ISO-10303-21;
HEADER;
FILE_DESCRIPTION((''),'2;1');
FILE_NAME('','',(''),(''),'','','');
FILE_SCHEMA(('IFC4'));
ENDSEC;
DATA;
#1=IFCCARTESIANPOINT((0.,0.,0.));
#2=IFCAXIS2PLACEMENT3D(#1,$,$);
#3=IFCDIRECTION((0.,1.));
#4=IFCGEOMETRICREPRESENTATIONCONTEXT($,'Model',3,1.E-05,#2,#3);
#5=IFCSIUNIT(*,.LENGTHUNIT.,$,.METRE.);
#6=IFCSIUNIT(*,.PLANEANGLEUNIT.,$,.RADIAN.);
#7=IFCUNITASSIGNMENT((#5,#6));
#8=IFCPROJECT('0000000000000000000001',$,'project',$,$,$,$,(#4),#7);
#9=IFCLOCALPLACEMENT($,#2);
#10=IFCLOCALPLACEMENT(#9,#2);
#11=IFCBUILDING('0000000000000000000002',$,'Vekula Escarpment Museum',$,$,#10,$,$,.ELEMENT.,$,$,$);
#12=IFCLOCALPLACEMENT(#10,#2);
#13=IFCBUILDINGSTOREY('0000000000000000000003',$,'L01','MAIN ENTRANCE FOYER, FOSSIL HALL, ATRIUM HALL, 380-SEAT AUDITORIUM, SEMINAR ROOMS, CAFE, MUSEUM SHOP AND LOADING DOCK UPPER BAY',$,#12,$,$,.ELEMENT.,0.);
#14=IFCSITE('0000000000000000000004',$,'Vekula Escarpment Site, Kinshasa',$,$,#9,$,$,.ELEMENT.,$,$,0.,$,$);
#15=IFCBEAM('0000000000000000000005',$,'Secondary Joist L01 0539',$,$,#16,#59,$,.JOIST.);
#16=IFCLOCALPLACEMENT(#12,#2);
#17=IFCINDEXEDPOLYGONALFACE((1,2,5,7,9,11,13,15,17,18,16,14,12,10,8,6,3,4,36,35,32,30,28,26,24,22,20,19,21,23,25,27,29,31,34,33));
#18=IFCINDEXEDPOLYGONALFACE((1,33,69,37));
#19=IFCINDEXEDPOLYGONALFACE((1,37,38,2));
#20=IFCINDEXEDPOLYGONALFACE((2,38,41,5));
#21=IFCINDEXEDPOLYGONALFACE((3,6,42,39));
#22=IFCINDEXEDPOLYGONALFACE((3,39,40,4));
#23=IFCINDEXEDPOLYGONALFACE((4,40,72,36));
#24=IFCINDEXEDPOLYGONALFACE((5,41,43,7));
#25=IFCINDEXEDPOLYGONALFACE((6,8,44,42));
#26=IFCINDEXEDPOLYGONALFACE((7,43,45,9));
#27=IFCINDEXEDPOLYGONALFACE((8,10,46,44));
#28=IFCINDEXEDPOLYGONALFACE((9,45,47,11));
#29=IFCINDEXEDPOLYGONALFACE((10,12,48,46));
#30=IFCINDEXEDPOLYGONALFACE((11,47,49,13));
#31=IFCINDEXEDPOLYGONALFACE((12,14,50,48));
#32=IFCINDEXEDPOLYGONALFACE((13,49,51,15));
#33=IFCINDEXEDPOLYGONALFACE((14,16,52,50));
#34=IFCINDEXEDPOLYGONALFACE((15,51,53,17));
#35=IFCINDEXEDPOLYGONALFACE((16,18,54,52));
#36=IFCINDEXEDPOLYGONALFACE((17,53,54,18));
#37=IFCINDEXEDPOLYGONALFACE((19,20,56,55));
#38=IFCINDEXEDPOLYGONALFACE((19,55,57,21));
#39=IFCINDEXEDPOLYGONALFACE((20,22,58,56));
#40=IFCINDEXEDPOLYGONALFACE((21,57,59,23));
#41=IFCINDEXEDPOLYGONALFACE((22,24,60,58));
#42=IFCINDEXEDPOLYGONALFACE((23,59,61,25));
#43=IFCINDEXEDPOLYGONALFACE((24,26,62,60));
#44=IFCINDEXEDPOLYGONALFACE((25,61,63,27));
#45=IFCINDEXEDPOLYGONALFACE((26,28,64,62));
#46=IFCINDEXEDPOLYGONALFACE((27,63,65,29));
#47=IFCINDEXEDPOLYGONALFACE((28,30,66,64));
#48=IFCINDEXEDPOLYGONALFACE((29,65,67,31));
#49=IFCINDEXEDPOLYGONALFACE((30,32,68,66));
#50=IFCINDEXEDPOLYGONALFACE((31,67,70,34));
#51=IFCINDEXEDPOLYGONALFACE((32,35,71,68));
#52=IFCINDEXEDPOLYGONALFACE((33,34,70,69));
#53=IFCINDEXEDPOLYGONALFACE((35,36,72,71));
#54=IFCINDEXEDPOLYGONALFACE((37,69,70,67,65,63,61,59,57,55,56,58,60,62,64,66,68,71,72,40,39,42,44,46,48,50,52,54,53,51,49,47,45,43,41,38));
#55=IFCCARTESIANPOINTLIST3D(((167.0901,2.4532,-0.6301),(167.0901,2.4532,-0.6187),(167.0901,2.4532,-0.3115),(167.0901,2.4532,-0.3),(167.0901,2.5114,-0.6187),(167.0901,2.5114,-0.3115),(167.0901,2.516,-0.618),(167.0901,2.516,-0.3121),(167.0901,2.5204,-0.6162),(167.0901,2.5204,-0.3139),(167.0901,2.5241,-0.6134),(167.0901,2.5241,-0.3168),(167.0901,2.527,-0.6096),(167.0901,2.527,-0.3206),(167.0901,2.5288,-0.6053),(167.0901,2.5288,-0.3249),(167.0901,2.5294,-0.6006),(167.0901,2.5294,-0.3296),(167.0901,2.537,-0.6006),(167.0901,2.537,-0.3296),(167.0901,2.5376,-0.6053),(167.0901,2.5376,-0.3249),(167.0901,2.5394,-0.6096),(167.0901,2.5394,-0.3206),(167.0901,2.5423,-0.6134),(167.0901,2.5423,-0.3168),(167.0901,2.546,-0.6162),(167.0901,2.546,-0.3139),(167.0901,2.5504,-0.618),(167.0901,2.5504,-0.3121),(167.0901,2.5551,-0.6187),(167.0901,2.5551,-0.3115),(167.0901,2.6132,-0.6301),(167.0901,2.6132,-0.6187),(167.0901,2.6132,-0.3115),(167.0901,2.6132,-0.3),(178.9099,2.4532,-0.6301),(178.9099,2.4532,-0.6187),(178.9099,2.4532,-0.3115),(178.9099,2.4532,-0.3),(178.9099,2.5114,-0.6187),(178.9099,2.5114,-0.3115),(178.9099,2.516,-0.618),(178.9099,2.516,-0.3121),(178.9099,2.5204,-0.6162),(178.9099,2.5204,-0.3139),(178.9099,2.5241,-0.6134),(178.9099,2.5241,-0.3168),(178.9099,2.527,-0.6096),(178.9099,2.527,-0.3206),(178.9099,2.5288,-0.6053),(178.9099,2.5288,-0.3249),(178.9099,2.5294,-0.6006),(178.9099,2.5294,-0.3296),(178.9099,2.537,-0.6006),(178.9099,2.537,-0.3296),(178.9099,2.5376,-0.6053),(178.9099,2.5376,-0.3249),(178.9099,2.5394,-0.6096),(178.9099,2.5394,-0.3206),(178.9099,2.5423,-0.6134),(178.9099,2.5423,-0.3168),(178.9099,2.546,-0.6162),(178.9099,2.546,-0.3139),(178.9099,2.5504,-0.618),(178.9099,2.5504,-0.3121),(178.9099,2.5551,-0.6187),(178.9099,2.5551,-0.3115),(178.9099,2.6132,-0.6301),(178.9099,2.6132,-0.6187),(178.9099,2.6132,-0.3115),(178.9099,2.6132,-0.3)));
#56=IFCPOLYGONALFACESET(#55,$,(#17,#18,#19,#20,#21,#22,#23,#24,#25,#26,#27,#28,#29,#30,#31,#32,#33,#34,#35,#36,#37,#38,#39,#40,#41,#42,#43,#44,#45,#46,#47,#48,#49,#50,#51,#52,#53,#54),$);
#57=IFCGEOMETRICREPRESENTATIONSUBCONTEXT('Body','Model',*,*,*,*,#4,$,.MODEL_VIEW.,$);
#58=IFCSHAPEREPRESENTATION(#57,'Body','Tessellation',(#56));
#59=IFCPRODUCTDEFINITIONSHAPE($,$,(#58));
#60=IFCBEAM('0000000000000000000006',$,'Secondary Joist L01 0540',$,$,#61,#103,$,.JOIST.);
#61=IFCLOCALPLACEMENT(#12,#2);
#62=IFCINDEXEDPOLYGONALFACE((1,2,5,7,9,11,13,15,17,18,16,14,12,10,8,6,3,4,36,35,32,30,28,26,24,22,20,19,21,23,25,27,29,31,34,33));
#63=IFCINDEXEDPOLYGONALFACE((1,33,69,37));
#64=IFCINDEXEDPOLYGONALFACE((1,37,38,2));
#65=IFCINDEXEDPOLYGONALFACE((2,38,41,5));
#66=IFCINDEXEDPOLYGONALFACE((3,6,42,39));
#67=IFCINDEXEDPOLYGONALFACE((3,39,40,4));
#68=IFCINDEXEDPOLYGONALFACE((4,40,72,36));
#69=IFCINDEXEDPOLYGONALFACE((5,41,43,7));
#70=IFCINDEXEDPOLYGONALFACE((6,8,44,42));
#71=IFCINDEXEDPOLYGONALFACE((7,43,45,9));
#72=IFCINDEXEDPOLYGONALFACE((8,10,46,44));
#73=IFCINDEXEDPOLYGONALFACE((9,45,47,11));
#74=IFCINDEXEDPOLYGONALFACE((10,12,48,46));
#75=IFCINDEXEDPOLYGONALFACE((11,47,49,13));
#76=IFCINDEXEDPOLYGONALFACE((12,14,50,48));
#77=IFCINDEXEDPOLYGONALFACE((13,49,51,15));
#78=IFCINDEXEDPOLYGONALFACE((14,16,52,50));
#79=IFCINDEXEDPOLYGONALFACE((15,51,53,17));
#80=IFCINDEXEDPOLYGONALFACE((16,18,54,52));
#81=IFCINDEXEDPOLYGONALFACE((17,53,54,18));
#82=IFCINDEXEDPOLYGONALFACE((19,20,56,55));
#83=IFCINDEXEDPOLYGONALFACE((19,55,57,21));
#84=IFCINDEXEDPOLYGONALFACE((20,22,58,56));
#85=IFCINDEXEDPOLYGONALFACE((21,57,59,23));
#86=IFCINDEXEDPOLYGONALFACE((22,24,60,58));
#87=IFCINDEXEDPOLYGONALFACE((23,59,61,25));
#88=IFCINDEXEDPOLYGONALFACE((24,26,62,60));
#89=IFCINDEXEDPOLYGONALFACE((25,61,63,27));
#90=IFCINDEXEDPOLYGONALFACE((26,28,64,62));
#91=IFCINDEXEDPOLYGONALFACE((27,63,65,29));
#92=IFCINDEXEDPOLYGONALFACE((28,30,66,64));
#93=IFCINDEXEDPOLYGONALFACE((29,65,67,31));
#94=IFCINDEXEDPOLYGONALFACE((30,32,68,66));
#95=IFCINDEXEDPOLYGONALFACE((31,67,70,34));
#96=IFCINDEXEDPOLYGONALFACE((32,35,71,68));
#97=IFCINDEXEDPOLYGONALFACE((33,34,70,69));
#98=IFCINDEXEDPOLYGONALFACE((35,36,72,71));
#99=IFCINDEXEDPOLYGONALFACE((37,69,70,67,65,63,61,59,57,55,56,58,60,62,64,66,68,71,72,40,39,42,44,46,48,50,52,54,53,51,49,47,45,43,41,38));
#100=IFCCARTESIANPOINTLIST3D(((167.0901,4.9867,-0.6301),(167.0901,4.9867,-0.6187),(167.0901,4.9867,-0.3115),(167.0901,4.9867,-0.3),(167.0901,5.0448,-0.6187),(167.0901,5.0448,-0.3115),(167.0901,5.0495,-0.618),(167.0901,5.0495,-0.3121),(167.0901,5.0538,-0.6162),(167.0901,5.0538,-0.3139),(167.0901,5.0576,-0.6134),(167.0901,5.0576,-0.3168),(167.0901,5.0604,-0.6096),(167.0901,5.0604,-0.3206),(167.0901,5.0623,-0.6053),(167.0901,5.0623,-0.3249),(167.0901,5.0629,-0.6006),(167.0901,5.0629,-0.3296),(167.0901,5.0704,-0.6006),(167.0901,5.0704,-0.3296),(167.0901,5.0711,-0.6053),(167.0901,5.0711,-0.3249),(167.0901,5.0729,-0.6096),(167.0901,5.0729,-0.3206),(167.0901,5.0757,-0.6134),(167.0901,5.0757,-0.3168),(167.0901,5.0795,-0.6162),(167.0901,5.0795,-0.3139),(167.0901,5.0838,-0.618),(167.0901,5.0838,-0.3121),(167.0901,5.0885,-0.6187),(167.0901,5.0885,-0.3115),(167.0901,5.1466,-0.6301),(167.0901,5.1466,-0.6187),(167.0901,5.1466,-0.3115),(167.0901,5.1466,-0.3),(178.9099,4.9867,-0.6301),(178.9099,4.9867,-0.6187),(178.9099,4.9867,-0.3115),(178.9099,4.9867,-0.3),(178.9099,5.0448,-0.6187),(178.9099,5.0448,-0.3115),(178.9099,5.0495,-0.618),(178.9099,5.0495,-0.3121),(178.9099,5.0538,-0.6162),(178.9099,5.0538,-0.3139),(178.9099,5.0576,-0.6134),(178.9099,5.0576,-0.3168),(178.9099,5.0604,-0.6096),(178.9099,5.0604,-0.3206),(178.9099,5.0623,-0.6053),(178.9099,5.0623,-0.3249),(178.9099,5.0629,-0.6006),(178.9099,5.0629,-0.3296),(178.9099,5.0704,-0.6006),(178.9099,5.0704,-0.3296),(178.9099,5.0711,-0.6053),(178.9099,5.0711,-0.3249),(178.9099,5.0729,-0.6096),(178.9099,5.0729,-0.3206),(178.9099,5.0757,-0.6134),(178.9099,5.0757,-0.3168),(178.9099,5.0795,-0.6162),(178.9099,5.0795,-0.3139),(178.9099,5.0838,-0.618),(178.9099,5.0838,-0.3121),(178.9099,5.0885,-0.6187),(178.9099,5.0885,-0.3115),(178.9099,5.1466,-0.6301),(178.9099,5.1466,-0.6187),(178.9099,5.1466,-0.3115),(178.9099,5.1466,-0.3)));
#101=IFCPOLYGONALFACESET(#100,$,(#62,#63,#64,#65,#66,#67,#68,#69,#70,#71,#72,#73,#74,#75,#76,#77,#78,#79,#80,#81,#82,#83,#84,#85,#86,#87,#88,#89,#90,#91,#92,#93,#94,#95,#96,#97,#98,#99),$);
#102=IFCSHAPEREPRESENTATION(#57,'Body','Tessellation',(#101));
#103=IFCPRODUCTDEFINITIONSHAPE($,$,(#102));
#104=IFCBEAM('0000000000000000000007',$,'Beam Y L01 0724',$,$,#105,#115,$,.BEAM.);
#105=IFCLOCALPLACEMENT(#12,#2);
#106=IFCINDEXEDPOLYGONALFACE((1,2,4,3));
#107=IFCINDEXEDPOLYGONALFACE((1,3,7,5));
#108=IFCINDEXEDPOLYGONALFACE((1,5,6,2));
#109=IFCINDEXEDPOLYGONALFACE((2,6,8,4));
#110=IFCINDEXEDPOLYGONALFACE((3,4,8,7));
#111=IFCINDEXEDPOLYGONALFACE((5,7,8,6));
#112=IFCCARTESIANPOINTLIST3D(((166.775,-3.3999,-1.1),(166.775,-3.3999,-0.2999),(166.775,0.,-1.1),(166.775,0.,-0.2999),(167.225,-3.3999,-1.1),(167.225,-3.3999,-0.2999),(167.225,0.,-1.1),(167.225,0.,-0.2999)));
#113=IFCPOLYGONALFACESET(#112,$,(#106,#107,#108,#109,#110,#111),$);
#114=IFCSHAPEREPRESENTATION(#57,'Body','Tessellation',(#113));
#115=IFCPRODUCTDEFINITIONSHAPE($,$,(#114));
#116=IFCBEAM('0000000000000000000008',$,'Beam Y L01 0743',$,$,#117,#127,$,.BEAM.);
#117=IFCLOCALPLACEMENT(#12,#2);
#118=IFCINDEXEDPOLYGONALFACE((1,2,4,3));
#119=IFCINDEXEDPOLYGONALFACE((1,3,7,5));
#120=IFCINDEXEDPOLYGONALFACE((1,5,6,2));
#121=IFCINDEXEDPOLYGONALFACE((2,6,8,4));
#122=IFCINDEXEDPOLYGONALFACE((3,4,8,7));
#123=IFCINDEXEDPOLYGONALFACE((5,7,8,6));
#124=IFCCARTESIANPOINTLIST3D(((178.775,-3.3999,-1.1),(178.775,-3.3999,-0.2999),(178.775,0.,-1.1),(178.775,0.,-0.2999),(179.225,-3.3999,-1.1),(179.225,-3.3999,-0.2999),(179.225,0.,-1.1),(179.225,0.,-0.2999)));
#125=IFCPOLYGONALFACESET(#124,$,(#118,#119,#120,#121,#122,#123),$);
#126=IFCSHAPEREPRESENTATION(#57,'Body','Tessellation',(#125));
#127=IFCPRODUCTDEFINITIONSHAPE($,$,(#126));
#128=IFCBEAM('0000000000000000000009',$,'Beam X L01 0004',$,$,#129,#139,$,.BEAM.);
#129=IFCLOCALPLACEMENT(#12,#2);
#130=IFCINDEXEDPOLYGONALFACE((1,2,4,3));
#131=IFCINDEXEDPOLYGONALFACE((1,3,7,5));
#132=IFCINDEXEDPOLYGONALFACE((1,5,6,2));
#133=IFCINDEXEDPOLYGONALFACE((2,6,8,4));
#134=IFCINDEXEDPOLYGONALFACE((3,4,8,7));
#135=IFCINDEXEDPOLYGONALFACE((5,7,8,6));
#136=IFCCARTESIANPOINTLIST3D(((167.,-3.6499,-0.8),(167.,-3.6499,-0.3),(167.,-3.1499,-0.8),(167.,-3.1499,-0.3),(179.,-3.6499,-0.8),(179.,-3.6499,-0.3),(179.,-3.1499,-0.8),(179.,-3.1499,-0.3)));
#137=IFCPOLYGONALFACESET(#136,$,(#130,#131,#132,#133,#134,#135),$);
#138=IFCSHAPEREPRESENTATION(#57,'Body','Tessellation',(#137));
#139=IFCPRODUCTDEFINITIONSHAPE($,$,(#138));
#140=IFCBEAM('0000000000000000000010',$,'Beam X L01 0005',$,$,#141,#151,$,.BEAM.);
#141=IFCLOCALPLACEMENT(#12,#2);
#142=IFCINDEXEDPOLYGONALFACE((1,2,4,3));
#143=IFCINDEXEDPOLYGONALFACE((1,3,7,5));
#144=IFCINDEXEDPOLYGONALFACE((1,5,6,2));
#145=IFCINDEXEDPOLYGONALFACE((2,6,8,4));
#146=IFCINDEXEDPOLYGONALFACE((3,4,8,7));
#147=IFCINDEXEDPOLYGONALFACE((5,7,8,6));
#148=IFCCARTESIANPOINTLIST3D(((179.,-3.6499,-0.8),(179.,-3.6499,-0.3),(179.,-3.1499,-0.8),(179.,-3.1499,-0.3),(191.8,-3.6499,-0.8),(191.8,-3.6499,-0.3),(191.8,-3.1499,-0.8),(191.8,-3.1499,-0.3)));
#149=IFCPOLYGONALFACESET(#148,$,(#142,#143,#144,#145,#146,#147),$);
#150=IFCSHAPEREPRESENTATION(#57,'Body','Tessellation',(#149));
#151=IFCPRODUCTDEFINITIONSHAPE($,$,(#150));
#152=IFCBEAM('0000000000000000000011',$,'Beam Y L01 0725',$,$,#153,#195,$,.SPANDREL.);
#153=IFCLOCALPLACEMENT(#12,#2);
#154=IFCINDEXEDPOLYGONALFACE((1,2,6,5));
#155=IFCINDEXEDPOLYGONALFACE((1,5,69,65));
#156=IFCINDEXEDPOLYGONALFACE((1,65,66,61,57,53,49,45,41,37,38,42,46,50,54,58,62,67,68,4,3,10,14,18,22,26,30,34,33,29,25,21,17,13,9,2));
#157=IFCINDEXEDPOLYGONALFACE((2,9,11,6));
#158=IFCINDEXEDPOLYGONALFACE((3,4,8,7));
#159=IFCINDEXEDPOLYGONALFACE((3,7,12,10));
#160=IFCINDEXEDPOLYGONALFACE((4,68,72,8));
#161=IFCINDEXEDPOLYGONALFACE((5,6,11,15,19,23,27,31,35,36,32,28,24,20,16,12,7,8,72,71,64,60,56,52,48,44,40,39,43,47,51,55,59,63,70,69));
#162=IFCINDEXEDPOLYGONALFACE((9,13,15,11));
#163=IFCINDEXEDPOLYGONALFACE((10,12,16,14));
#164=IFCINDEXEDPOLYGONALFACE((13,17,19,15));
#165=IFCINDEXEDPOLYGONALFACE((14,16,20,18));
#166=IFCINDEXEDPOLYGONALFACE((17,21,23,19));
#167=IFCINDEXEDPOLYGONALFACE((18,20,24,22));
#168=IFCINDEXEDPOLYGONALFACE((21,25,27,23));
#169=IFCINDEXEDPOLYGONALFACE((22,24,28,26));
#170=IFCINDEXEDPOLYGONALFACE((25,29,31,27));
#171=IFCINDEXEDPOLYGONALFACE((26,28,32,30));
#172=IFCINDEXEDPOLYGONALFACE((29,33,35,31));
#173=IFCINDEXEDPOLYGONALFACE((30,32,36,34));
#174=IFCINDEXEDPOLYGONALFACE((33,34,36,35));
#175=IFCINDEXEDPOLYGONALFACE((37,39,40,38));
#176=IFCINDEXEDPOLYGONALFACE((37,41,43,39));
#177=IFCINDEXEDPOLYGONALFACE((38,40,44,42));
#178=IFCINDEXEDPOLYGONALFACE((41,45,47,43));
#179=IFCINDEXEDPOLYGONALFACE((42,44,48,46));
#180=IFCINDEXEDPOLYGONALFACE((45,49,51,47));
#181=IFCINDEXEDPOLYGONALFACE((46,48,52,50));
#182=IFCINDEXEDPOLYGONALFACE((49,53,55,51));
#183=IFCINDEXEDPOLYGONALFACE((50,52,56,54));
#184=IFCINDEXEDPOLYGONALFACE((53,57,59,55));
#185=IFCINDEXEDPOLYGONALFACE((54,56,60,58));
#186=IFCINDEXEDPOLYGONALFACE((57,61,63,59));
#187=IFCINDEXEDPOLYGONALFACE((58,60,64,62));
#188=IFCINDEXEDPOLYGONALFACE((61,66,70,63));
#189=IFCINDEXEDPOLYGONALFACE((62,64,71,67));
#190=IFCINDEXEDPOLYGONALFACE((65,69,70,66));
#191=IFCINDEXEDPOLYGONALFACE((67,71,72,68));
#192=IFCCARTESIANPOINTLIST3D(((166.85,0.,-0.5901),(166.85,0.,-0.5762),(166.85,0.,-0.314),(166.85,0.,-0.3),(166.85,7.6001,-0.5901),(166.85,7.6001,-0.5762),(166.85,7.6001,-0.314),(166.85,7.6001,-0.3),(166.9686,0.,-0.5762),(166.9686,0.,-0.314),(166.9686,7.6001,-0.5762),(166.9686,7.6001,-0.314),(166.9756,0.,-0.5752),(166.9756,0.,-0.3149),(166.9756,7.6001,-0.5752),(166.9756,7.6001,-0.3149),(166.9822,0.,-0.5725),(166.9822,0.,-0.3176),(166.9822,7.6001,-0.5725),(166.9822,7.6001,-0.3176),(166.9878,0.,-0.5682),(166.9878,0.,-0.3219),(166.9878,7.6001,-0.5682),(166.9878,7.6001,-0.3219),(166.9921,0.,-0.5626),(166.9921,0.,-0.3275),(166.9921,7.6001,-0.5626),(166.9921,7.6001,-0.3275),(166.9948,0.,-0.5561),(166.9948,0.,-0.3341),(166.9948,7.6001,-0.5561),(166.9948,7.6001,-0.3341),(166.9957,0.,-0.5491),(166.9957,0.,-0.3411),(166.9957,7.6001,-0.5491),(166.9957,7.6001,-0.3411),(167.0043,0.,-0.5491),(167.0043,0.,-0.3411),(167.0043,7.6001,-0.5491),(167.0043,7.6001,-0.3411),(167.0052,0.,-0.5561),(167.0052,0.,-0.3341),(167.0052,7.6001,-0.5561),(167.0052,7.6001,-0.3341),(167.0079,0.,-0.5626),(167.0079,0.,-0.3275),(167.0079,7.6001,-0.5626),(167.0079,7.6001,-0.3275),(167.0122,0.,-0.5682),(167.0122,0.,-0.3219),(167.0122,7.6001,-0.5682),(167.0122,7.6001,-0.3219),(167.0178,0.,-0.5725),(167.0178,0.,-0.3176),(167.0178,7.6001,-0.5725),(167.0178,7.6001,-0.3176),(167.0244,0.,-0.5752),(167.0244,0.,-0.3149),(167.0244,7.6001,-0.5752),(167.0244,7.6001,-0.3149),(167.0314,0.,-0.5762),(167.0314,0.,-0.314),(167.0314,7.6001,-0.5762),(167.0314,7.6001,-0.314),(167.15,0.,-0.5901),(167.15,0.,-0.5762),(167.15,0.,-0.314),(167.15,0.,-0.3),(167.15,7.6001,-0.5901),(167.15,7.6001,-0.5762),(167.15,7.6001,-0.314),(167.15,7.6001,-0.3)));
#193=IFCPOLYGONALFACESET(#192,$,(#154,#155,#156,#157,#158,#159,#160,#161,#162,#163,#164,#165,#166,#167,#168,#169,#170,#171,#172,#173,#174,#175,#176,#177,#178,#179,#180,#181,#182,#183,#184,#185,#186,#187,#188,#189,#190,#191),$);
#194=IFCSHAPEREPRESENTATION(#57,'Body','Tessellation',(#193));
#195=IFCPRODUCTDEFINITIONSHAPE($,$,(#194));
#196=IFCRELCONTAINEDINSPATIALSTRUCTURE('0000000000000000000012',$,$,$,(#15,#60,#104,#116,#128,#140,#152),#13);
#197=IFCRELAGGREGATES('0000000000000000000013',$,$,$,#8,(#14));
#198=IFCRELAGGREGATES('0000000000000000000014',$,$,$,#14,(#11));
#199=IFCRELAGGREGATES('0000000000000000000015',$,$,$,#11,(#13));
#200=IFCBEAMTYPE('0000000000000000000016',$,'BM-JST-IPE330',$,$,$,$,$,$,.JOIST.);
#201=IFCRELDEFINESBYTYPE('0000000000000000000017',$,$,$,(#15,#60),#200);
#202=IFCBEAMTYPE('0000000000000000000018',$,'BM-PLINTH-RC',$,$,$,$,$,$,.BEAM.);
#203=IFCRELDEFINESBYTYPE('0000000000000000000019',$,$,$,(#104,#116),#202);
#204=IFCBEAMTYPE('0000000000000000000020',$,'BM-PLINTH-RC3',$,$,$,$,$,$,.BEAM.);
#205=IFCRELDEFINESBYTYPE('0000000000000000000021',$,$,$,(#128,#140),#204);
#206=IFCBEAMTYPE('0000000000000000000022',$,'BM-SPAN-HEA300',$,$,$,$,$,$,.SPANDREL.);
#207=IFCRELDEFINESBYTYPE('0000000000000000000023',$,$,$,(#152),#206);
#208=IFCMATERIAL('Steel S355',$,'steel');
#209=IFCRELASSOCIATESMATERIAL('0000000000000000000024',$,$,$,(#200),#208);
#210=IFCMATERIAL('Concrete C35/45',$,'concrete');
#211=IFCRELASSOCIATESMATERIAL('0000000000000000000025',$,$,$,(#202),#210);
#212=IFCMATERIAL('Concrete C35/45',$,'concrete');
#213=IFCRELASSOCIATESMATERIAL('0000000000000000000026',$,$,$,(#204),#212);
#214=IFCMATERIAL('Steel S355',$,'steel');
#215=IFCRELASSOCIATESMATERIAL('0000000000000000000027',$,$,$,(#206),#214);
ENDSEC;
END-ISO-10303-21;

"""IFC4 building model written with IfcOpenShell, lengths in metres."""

from ifc_helpers import new_model, si_unit, direction, frame, origin, origin_2d, place, context, subcontext, project, spatial, rectangle, i_section, extrude, material, material_profile, profile_set, type_object, element, save


model = new_model("IFC4")

# Units and contexts
model_context = context("Model", 3, precision=1e-05, world=origin(), true_north=direction((0.0, 1.0)))
body_context = subcontext(model_context, "Body", "Model", "MODEL_VIEW")
ifc_project = project(units=[si_unit("LENGTHUNIT", "METRE"), si_unit("PLANEANGLEUNIT", "RADIAN")], contexts=[model_context])

# Site, building, storey
site_placement = place(None, origin())
site = spatial("IfcSite", under=ifc_project, at=site_placement, Name="Vekula Escarpment Site, Kinshasa", CompositionType="ELEMENT", RefElevation=0.0)
building_placement = place(site_placement, origin())
building = spatial("IfcBuilding", under=site, at=building_placement, Name="Vekula Escarpment Museum", CompositionType="ELEMENT")
storey_placement = place(building_placement, origin())
storey = spatial("IfcBuildingStorey", under=building, at=storey_placement, Name="L01", Description="MAIN ENTRANCE FOYER, FOSSIL HALL, ATRIUM HALL, 380-SEAT AUDITORIUM, SEMINAR ROOMS, CAFE, MUSEUM SHOP AND LOADING DOCK UPPER BAY", CompositionType="ELEMENT", Elevation=0.0)

# Beams
ifc_material_1 = material(Name="Steel S355", Category="steel")
ifc_material_profile_1 = material_profile(ifc_material_1, i_section(OverallWidth=0.1599, OverallDepth=0.3301, WebThickness=0.0076, FlangeThickness=0.0115, FilletRadius=0.0181, at=origin_2d()), Name="IPE 330")
ifc_profile_set_1 = profile_set([ifc_material_profile_1], Name="Steel S355")
beam_type_1 = type_object("IfcBeamType", Name="BM-JST-IPE330", PredefinedType="JOIST", material=ifc_profile_set_1)
for number, where, z_axis, x_axis, name in (
    (1, (167.0901, 2.5332, -0.4651), (1.0, 0.0, 0.0), (0.0, 1.0, 0.0), "Secondary Joist L01 0539"),
    (2, (167.0901, 5.0667, -0.4651), (1.0, 0.0, 0.0), (0.0, 1.0, 0.0), "Secondary Joist L01 0540"),
):
    element("IfcBeam", number, at=place(storey_placement, frame(where, z_axis=z_axis, x_axis=x_axis)), inside=storey, type_object=beam_type_1, Name=name, PredefinedType="JOIST", context=body_context, shape_type="SweptSolid", body=[
        extrude(i_section(OverallWidth=0.1599, OverallDepth=0.3301, WebThickness=0.0076, FlangeThickness=0.0115, FilletRadius=0.0181, at=origin_2d()), origin(), (0.0, 0.0, 1.0), 11.8198),
    ])
ifc_material_2 = material(Name="Concrete C35/45", Category="concrete")
ifc_material_profile_2 = material_profile(ifc_material_2, rectangle(XDim=0.45, YDim=0.8, at=origin_2d()), Name="RC 450x800")
ifc_profile_set_2 = profile_set([ifc_material_profile_2], Name="Concrete C35/45")
beam_type_2 = type_object("IfcBeamType", Name="BM-PLINTH-RC", PredefinedType="BEAM", material=ifc_profile_set_2)
for number, where, z_axis, x_axis, name in (
    (3, (167.0, -3.3999, -0.7), (0.0, 1.0, 0.0), (-1.0, 0.0, 0.0), "Beam Y L01 0724"),
    (4, (179.0, -3.3999, -0.7), (0.0, 1.0, 0.0), (-1.0, 0.0, 0.0), "Beam Y L01 0743"),
):
    element("IfcBeam", number, at=place(storey_placement, frame(where, z_axis=z_axis, x_axis=x_axis)), inside=storey, type_object=beam_type_2, Name=name, PredefinedType="BEAM", context=body_context, shape_type="SweptSolid", body=[
        extrude(rectangle(XDim=0.45, YDim=0.8, at=origin_2d()), origin(), (0.0, 0.0, 1.0), 3.3999),
    ])
ifc_material_3 = material(Name="Concrete C35/45", Category="concrete")
ifc_material_profile_3 = material_profile(ifc_material_3, rectangle(XDim=0.5, YDim=0.5, at=origin_2d()), Name="RC 500x500")
ifc_profile_set_3 = profile_set([ifc_material_profile_3], Name="Concrete C35/45")
beam_type_3 = type_object("IfcBeamType", Name="BM-PLINTH-RC3", PredefinedType="BEAM", material=ifc_profile_set_3)
beam_1_placement = place(storey_placement, frame((167.0, -3.3999, -0.55), z_axis=(1.0, 0.0, 0.0), x_axis=(0.0, 1.0, 0.0)))
element("IfcBeam", 5, at=beam_1_placement, inside=storey, type_object=beam_type_3, Name="Beam X L01 0004", PredefinedType="BEAM", context=body_context, shape_type="SweptSolid", body=[
    extrude(rectangle(XDim=0.5, YDim=0.5, at=origin_2d()), origin(), (0.0, 0.0, 1.0), 12.0),
])
beam_2_placement = place(storey_placement, frame((179.0, -3.3999, -0.55), z_axis=(1.0, 0.0, 0.0), x_axis=(0.0, 1.0, 0.0)))
element("IfcBeam", 6, at=beam_2_placement, inside=storey, type_object=beam_type_3, Name="Beam X L01 0005", PredefinedType="BEAM", context=body_context, shape_type="SweptSolid", body=[
    extrude(rectangle(XDim=0.5, YDim=0.5, at=origin_2d()), origin(), (0.0, 0.0, 1.0), 12.8),
])
ifc_material_4 = material(Name="Steel S355", Category="steel")
ifc_material_profile_4 = material_profile(ifc_material_4, i_section(OverallWidth=0.3, OverallDepth=0.29, WebThickness=0.0085, FlangeThickness=0.0139, FilletRadius=0.0271, at=origin_2d()), Name="HEA 300")
ifc_profile_set_4 = profile_set([ifc_material_profile_4], Name="Steel S355")
beam_type_4 = type_object("IfcBeamType", Name="BM-SPAN-HEA300", PredefinedType="SPANDREL", material=ifc_profile_set_4)
beam_3_placement = place(storey_placement, frame((167.0, 0.0, -0.4451), z_axis=(0.0, 1.0, 0.0), x_axis=(-1.0, 0.0, 0.0)))
element("IfcBeam", 7, at=beam_3_placement, inside=storey, type_object=beam_type_4, Name="Beam Y L01 0725", PredefinedType="SPANDREL", context=body_context, shape_type="SweptSolid", body=[
    extrude(i_section(OverallWidth=0.3, OverallDepth=0.29, WebThickness=0.0085, FlangeThickness=0.0139, FilletRadius=0.0271, at=origin_2d()), origin(), (0.0, 0.0, 1.0), 7.6001),
])

save(model, "model.ifc")
